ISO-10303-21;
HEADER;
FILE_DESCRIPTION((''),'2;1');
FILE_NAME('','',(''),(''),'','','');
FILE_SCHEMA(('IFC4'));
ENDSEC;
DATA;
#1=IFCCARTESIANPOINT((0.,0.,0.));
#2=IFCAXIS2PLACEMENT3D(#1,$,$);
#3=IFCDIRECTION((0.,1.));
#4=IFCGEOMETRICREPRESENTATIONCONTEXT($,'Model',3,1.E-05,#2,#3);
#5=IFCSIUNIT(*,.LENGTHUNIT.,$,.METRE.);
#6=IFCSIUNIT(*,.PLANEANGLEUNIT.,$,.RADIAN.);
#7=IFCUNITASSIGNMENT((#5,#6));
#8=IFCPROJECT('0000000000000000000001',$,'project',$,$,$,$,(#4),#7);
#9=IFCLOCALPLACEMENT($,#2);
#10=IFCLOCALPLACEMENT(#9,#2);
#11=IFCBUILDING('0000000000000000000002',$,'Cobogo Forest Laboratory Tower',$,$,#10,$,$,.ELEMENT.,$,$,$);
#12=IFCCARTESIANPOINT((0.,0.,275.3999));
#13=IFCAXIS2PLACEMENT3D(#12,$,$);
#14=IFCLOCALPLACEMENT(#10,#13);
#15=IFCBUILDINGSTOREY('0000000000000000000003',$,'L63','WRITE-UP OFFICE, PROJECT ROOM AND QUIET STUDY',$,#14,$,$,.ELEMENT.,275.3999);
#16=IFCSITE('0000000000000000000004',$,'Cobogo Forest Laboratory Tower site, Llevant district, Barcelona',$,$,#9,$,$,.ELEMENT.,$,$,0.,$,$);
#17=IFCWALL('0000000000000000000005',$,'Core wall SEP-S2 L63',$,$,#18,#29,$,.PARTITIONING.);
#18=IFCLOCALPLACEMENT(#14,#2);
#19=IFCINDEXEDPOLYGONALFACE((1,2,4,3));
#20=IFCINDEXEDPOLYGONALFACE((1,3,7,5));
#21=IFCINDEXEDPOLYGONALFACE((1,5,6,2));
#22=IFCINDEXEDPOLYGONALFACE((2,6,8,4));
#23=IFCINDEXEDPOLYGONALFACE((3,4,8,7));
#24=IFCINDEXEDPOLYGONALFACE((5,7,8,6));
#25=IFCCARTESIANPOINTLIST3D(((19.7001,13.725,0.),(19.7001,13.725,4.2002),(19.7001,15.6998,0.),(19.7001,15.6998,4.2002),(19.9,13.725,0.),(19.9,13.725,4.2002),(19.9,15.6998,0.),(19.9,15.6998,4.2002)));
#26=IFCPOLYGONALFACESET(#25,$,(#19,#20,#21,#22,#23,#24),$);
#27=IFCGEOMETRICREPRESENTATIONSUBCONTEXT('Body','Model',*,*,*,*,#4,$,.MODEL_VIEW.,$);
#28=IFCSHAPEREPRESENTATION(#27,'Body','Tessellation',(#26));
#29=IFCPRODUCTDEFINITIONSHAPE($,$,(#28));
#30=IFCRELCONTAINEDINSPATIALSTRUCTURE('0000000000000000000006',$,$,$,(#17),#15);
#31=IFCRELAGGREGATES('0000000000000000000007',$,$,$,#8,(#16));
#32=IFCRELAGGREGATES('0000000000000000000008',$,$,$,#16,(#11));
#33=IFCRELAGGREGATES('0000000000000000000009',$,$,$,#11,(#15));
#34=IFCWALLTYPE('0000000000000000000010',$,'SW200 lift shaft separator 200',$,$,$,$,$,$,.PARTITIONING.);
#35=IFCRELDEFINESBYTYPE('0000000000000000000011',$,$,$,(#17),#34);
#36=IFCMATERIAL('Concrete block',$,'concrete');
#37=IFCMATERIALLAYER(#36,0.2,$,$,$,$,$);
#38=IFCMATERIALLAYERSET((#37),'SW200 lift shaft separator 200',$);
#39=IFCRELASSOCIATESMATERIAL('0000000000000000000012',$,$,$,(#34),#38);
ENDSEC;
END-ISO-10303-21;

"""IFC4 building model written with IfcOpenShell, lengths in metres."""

from ifc_helpers import new_model, si_unit, direction, frame, frame_2d, origin, place, context, subcontext, project, spatial, rectangle, extrude, material, layer, layer_set, type_object, element, save


model = new_model("IFC4")

# Units and contexts
model_context = context("Model", 3, precision=1e-05, world=origin(), true_north=direction((0.0, 1.0)))
body_context = subcontext(model_context, "Body", "Model", "MODEL_VIEW")
ifc_project = project(units=[si_unit("LENGTHUNIT", "METRE"), si_unit("PLANEANGLEUNIT", "RADIAN")], contexts=[model_context])

# Site, building, storey
site_placement = place(None, origin())
site = spatial("IfcSite", under=ifc_project, at=site_placement, Name="Cobogo Forest Laboratory Tower site, Llevant district, Barcelona", CompositionType="ELEMENT", RefElevation=0.0)
building_placement = place(site_placement, origin())
building = spatial("IfcBuilding", under=site, at=building_placement, Name="Cobogo Forest Laboratory Tower", CompositionType="ELEMENT")
storey_placement = place(building_placement, frame((0.0, 0.0, 275.3999)))
storey = spatial("IfcBuildingStorey", under=building, at=storey_placement, Name="L63", Description="WRITE-UP OFFICE, PROJECT ROOM AND QUIET STUDY", CompositionType="ELEMENT", Elevation=275.3999)

# Wall
ifc_material_1 = material(Name="Concrete block", Category="concrete")
ifc_layer_1 = layer(ifc_material_1, 0.2)
ifc_layer_set_1 = layer_set([ifc_layer_1], Name="SW200 lift shaft separator 200")
wall_type_1 = type_object("IfcWallType", Name="SW200 lift shaft separator 200", PredefinedType="PARTITIONING", material=ifc_layer_set_1)
wall_1_placement = place(storey_placement, frame((19.8, 13.7251, 0.0), z_axis=(0.0, 0.0, 1.0), x_axis=(0.0, 1.0, 0.0)))
element("IfcWall", 1, at=wall_1_placement, inside=storey, type_object=wall_type_1, Name="Core wall SEP-S2 L63", PredefinedType="PARTITIONING", context=body_context, shape_type="SweptSolid", body=[
    extrude(rectangle(XDim=1.9749, YDim=0.2, at=frame_2d((0.9873, 0.0))), origin(), (0.0, 0.0, 1.0), 4.2002),
])

save(model, "model.ifc")
